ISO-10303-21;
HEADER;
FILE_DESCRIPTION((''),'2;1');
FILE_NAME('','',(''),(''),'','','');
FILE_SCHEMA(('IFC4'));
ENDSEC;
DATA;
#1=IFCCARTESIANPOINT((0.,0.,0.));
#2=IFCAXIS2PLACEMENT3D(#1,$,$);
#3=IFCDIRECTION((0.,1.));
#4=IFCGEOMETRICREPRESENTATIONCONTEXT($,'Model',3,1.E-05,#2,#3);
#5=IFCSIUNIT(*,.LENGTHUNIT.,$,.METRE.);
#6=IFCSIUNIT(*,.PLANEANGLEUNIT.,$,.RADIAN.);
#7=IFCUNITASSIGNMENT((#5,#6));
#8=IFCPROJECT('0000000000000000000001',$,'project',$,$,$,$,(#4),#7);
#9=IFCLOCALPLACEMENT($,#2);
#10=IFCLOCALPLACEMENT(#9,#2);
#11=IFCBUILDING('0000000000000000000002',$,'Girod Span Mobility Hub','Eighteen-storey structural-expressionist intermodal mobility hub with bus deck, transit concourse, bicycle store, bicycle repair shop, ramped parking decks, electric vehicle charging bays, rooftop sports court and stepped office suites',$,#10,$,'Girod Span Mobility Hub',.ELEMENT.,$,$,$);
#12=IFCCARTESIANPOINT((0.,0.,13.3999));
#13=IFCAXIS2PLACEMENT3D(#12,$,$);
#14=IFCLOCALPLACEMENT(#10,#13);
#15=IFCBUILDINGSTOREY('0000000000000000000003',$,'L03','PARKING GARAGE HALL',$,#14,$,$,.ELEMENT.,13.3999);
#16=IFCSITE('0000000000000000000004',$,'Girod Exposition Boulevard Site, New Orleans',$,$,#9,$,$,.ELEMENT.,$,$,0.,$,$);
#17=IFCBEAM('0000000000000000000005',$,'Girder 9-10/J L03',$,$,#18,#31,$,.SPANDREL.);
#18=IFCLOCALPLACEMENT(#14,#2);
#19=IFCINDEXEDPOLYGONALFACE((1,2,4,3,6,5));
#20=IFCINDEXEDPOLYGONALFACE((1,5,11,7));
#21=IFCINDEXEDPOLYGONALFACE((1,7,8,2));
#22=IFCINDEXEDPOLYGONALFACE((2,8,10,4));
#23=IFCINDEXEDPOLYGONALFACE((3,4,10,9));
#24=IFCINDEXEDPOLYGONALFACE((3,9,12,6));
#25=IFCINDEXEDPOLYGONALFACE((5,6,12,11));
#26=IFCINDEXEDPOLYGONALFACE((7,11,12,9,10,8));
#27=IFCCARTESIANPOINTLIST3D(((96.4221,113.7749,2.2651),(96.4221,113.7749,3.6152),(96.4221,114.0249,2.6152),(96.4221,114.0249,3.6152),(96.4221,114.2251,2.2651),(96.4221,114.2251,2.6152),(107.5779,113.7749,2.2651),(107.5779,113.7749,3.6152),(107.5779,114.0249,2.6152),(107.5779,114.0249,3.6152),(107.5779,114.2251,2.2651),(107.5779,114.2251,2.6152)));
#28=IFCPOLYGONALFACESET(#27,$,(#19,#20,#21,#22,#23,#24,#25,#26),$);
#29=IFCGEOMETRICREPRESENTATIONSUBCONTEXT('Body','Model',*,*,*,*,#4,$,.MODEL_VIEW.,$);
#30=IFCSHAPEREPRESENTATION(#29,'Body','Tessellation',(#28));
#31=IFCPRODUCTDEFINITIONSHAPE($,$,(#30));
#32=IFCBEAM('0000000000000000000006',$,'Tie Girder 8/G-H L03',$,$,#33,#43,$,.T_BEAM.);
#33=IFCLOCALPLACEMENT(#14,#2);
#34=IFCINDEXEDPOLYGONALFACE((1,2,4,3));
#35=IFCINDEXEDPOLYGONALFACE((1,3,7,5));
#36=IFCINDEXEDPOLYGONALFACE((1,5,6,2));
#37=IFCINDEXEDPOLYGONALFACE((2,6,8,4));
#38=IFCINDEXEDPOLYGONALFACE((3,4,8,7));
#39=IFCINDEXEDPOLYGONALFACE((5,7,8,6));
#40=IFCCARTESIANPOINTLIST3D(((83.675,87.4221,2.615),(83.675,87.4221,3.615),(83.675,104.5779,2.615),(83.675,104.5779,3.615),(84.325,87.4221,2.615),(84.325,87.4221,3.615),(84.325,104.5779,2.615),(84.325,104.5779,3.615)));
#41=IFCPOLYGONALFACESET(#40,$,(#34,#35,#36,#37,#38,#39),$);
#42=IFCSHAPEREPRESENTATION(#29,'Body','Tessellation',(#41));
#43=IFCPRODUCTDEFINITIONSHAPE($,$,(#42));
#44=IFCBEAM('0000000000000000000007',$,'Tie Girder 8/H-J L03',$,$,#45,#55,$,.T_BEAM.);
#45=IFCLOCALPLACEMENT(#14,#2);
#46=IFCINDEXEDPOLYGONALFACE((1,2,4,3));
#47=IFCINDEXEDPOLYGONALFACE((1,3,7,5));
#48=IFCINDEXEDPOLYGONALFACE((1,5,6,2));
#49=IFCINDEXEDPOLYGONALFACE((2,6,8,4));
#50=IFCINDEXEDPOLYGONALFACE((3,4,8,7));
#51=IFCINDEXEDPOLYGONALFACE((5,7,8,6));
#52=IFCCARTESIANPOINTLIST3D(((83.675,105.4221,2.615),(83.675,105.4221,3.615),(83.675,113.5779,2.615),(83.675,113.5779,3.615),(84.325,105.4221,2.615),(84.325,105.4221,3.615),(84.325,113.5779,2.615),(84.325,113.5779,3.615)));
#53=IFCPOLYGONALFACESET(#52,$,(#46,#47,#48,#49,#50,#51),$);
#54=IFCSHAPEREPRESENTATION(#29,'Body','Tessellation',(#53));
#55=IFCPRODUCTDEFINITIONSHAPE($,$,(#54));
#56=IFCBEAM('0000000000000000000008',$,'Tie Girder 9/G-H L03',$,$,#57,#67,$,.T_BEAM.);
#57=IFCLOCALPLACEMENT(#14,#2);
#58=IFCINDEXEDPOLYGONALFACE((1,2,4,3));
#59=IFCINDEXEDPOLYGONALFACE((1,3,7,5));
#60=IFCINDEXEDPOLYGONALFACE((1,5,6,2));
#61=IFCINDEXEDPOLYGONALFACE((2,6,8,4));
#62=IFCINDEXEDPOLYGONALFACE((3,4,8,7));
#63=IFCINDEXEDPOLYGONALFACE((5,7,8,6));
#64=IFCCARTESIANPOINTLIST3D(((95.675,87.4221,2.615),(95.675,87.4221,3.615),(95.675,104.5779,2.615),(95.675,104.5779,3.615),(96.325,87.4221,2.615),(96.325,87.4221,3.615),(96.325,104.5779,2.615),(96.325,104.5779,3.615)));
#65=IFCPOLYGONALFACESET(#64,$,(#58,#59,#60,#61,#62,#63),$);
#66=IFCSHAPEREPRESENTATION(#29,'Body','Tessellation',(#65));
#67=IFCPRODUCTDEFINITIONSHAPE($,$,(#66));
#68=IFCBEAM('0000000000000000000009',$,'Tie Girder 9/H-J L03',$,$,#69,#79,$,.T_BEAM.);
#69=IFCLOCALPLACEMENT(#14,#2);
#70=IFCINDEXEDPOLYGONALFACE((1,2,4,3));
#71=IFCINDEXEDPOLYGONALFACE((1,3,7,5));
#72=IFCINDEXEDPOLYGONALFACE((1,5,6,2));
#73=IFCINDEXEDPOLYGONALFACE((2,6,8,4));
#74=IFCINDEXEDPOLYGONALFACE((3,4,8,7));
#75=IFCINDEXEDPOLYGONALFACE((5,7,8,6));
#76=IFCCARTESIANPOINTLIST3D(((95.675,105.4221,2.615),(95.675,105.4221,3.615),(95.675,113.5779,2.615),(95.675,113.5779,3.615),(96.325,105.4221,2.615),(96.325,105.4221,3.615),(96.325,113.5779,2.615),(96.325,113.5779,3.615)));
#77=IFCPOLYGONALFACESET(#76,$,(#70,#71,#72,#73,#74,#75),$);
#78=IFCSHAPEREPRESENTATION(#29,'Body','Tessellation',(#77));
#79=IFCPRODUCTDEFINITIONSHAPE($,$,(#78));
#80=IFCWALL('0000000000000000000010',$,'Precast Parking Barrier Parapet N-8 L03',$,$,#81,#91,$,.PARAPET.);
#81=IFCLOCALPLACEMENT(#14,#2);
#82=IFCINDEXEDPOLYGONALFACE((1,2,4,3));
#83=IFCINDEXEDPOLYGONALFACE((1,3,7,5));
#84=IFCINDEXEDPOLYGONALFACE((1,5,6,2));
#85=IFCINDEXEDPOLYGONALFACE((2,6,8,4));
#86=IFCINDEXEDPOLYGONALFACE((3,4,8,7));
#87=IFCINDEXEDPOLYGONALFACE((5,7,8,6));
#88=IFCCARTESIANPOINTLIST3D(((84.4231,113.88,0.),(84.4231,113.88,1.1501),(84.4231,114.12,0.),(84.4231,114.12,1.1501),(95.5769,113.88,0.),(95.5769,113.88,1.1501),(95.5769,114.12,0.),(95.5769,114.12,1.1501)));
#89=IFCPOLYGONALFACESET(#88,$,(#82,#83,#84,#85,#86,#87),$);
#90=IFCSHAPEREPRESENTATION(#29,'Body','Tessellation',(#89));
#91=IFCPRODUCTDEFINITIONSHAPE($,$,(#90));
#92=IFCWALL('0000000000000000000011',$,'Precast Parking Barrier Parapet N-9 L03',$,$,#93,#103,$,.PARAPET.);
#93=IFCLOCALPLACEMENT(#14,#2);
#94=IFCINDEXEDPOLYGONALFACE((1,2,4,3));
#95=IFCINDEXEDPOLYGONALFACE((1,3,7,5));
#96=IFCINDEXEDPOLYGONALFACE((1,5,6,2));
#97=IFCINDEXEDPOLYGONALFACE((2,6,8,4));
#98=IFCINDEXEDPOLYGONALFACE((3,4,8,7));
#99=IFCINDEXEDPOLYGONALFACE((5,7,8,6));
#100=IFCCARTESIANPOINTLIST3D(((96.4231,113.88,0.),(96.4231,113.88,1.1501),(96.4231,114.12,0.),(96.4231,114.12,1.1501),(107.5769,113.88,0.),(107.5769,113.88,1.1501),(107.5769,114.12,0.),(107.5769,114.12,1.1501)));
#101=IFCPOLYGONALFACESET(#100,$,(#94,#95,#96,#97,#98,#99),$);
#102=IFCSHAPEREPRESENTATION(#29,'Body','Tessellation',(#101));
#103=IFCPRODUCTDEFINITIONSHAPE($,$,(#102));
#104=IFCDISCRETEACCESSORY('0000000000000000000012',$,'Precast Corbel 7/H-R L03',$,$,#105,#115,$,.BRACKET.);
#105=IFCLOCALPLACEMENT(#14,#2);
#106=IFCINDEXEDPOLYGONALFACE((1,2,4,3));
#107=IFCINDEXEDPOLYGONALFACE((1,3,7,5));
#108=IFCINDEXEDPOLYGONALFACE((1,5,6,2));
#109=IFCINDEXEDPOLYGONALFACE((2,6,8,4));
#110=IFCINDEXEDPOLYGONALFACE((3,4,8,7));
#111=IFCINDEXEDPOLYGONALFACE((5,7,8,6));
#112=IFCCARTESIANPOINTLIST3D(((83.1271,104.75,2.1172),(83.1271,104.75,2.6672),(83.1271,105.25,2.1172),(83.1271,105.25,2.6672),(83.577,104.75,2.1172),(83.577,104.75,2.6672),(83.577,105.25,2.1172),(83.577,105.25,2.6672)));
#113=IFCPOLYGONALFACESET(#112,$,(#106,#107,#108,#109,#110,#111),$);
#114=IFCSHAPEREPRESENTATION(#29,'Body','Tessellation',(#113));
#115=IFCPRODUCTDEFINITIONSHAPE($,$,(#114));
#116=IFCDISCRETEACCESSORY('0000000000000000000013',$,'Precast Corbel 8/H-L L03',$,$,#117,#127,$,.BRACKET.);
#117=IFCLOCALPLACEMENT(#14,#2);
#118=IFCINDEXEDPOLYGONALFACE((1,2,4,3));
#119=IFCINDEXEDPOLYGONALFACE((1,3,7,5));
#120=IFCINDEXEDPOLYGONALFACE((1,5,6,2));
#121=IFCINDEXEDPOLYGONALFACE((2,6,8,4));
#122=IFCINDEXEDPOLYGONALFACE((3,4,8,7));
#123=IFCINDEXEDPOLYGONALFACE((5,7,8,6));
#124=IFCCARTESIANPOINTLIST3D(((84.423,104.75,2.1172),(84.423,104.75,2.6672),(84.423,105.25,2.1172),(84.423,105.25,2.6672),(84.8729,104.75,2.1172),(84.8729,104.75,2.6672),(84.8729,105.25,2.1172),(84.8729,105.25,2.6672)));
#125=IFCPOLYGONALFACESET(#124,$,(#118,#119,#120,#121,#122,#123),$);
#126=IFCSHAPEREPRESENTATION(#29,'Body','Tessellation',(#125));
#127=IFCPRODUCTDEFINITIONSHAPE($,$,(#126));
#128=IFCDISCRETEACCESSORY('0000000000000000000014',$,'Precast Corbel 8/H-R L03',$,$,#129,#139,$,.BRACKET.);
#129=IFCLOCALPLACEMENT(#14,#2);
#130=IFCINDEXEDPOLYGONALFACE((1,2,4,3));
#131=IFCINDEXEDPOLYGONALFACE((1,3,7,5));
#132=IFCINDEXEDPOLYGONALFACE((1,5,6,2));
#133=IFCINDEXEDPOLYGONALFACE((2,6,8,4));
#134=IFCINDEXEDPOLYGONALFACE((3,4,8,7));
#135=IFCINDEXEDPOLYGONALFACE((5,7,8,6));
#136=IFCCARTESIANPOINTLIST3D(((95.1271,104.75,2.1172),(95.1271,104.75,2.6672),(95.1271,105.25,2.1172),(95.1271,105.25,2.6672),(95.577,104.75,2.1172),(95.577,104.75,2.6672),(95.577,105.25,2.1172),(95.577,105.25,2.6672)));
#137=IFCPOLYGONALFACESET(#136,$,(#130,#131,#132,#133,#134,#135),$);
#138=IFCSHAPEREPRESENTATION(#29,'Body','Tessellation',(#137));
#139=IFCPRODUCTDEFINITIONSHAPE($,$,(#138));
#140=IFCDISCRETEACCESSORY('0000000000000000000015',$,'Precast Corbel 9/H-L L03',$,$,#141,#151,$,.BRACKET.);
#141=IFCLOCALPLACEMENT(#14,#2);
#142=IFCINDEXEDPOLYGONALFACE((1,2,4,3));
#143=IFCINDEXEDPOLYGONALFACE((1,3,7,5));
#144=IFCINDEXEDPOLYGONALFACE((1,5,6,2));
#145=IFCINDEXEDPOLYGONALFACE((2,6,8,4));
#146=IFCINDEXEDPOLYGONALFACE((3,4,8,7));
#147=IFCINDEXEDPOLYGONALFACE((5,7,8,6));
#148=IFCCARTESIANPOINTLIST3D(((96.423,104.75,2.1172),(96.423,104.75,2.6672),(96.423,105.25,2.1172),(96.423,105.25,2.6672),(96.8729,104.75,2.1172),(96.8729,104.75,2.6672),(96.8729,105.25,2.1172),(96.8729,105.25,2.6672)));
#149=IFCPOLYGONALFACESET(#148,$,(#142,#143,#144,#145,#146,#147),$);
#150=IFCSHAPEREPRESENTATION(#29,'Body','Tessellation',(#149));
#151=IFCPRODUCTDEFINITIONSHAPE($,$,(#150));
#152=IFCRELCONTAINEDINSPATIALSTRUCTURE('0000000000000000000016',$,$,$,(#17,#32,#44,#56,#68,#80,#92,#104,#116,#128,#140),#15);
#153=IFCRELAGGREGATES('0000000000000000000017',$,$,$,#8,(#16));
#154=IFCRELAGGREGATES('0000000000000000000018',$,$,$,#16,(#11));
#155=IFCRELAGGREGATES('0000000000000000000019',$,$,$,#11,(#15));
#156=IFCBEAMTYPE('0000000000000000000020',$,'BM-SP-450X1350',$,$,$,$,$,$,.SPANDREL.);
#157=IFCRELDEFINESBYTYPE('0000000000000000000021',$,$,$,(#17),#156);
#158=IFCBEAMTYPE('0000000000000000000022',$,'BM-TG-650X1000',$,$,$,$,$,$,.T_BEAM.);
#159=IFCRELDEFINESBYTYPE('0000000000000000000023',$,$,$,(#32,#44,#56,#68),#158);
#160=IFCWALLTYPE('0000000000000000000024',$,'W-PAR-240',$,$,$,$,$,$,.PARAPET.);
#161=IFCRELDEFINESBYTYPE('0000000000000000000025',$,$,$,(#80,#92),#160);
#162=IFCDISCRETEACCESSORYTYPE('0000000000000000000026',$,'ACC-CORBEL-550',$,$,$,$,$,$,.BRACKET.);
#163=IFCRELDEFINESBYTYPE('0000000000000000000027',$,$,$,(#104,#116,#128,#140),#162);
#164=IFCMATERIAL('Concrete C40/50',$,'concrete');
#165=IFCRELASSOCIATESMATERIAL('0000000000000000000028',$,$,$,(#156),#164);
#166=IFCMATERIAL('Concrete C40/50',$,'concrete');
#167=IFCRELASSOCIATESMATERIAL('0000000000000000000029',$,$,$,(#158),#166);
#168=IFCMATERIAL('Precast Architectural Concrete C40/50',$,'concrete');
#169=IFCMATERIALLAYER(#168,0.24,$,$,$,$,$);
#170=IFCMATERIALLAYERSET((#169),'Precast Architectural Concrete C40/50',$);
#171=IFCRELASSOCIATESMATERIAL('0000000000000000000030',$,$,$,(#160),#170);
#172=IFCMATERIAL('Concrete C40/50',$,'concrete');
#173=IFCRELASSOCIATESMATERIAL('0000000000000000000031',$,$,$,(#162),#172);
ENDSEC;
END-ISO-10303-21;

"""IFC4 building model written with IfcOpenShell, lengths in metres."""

from ifc_helpers import new_model, si_unit, direction, frame, frame_2d, origin, origin_2d, place, context, subcontext, project, spatial, polyline, rectangle, outline, extrude, material, layer, layer_set, material_profile, profile_set, type_object, element, save


model = new_model("IFC4")

# Units and contexts
model_context = context("Model", 3, precision=1e-05, world=origin(), true_north=direction((0.0, 1.0)))
body_context = subcontext(model_context, "Body", "Model", "MODEL_VIEW")
ifc_project = project(units=[si_unit("LENGTHUNIT", "METRE"), si_unit("PLANEANGLEUNIT", "RADIAN")], contexts=[model_context])

# Site, building, storey
site_placement = place(None, origin())
site = spatial("IfcSite", under=ifc_project, at=site_placement, Name="Girod Exposition Boulevard Site, New Orleans", CompositionType="ELEMENT", RefElevation=0.0)
building_placement = place(site_placement, origin())
building = spatial("IfcBuilding", under=site, at=building_placement, Name="Girod Span Mobility Hub", Description="Eighteen-storey structural-expressionist intermodal mobility hub with bus deck, transit concourse, bicycle store, bicycle repair shop, ramped parking decks, electric vehicle charging bays, rooftop sports court and stepped office suites", LongName="Girod Span Mobility Hub", CompositionType="ELEMENT")
storey_placement = place(building_placement, frame((0.0, 0.0, 13.3999)))
storey = spatial("IfcBuildingStorey", under=building, at=storey_placement, Name="L03", Description="PARKING GARAGE HALL", CompositionType="ELEMENT", Elevation=13.3999)

# Beams
ifc_material_1 = material(Name="Concrete C40/50", Category="concrete")
ifc_material_profile_1 = material_profile(ifc_material_1, outline(polyline([(-0.2251, -0.675), (0.2251, -0.675), (0.2251, -0.325), (0.0249, -0.325), (0.0249, 0.675), (-0.2251, 0.675), (-0.2251, -0.675)])), Name="SP-450X1350")
ifc_profile_set_1 = profile_set([ifc_material_profile_1], Name="Concrete C40/50")
beam_type_1 = type_object("IfcBeamType", Name="BM-SP-450X1350", PredefinedType="SPANDREL", material=ifc_profile_set_1)
for number, where, z_axis, x_axis, name in (
    (1, (96.4221, 114.0, 2.9402), (1.0, 0.0, 0.0), (0.0, 1.0, 0.0), "Girder 9-10/J L03"),
):
    element("IfcBeam", number, at=place(storey_placement, frame(where, z_axis=z_axis, x_axis=x_axis)), inside=storey, type_object=beam_type_1, Name=name, PredefinedType="SPANDREL", context=body_context, shape_type="SweptSolid", body=[
        extrude(outline(polyline([(-0.2251, -0.675), (0.2251, -0.675), (0.2251, -0.325), (0.0249, -0.325), (0.0249, 0.675), (-0.2251, 0.675), (-0.2251, -0.675)])), origin(), (0.0, 0.0, 1.0), 11.1558),
    ])
ifc_material_2 = material(Name="Concrete C40/50", Category="concrete")
ifc_material_profile_2 = material_profile(ifc_material_2, rectangle(XDim=0.6499, YDim=1.0, at=origin_2d()), Name="TG-650X1000")
ifc_profile_set_2 = profile_set([ifc_material_profile_2], Name="Concrete C40/50")
beam_type_2 = type_object("IfcBeamType", Name="BM-TG-650X1000", PredefinedType="T_BEAM", material=ifc_profile_set_2)
beam_1_placement = place(storey_placement, frame((84.0, 87.4221, 3.115), z_axis=(0.0, 1.0, 0.0), x_axis=(-1.0, 0.0, 0.0)))
element("IfcBeam", 2, at=beam_1_placement, inside=storey, type_object=beam_type_2, Name="Tie Girder 8/G-H L03", PredefinedType="T_BEAM", context=body_context, shape_type="SweptSolid", body=[
    extrude(rectangle(XDim=0.6499, YDim=1.0, at=origin_2d()), origin(), (0.0, 0.0, 1.0), 17.1558),
])
beam_2_placement = place(storey_placement, frame((84.0, 105.4221, 3.115), z_axis=(0.0, 1.0, 0.0), x_axis=(-1.0, 0.0, 0.0)))
element("IfcBeam", 3, at=beam_2_placement, inside=storey, type_object=beam_type_2, Name="Tie Girder 8/H-J L03", PredefinedType="T_BEAM", context=body_context, shape_type="SweptSolid", body=[
    extrude(rectangle(XDim=0.6499, YDim=1.0, at=origin_2d()), origin(), (0.0, 0.0, 1.0), 8.1558),
])
beam_3_placement = place(storey_placement, frame((96.0, 87.4221, 3.115), z_axis=(0.0, 1.0, 0.0), x_axis=(-1.0, 0.0, 0.0)))
element("IfcBeam", 4, at=beam_3_placement, inside=storey, type_object=beam_type_2, Name="Tie Girder 9/G-H L03", PredefinedType="T_BEAM", context=body_context, shape_type="SweptSolid", body=[
    extrude(rectangle(XDim=0.6499, YDim=1.0, at=origin_2d()), origin(), (0.0, 0.0, 1.0), 17.1558),
])
beam_4_placement = place(storey_placement, frame((96.0, 105.4221, 3.115), z_axis=(0.0, 1.0, 0.0), x_axis=(-1.0, 0.0, 0.0)))
element("IfcBeam", 5, at=beam_4_placement, inside=storey, type_object=beam_type_2, Name="Tie Girder 9/H-J L03", PredefinedType="T_BEAM", context=body_context, shape_type="SweptSolid", body=[
    extrude(rectangle(XDim=0.6499, YDim=1.0, at=origin_2d()), origin(), (0.0, 0.0, 1.0), 8.1558),
])

# Walls
ifc_material_3 = material(Name="Precast Architectural Concrete C40/50", Category="concrete")
ifc_layer = layer(ifc_material_3, 0.24)
ifc_layer_set = layer_set([ifc_layer], Name="Precast Architectural Concrete C40/50")
wall_type = type_object("IfcWallType", Name="W-PAR-240", PredefinedType="PARAPET", material=ifc_layer_set)
for number, where, z_axis, x_axis, name in (
    (6, (84.4231, 114.0, 0.0), (0.0, 0.0, 1.0), (1.0, 0.0, 0.0), "Precast Parking Barrier Parapet N-8 L03"),
    (7, (96.4231, 114.0, 0.0), (0.0, 0.0, 1.0), (1.0, 0.0, 0.0), "Precast Parking Barrier Parapet N-9 L03"),
):
    element("IfcWall", number, at=place(storey_placement, frame(where, z_axis=z_axis, x_axis=x_axis)), inside=storey, type_object=wall_type, Name=name, PredefinedType="PARAPET", context=body_context, shape_type="SweptSolid", body=[
        extrude(rectangle(XDim=11.1538, YDim=0.24, at=frame_2d((5.5769, 0.0))), origin(), (0.0, 0.0, 1.0), 1.1501),
    ])

# Discrete accessories
ifc_material_4 = material(Name="Concrete C40/50", Category="concrete")
discrete_accessory_type = type_object("IfcDiscreteAccessoryType", Name="ACC-CORBEL-550", PredefinedType="BRACKET", material=ifc_material_4)
for number, where, z_axis, x_axis, name in (
    (8, (83.3521, 105.0, 2.1172), (0.0, 0.0, 1.0), (1.0, 0.0, 0.0), "Precast Corbel 7/H-R L03"),
    (9, (84.6479, 105.0, 2.1172), (0.0, 0.0, 1.0), (1.0, 0.0, 0.0), "Precast Corbel 8/H-L L03"),
    (10, (95.3521, 105.0, 2.1172), (0.0, 0.0, 1.0), (1.0, 0.0, 0.0), "Precast Corbel 8/H-R L03"),
    (11, (96.6479, 105.0, 2.1172), (0.0, 0.0, 1.0), (1.0, 0.0, 0.0), "Precast Corbel 9/H-L L03"),
):
    element("IfcDiscreteAccessory", number, at=place(storey_placement, frame(where, z_axis=z_axis, x_axis=x_axis)), inside=storey, type_object=discrete_accessory_type, Name=name, PredefinedType="BRACKET", context=body_context, shape_type="SweptSolid", body=[
        extrude(rectangle(XDim=0.45, YDim=0.5, at=origin_2d()), origin(), (0.0, 0.0, 1.0), 0.55),
    ])

save(model, "model.ifc")
